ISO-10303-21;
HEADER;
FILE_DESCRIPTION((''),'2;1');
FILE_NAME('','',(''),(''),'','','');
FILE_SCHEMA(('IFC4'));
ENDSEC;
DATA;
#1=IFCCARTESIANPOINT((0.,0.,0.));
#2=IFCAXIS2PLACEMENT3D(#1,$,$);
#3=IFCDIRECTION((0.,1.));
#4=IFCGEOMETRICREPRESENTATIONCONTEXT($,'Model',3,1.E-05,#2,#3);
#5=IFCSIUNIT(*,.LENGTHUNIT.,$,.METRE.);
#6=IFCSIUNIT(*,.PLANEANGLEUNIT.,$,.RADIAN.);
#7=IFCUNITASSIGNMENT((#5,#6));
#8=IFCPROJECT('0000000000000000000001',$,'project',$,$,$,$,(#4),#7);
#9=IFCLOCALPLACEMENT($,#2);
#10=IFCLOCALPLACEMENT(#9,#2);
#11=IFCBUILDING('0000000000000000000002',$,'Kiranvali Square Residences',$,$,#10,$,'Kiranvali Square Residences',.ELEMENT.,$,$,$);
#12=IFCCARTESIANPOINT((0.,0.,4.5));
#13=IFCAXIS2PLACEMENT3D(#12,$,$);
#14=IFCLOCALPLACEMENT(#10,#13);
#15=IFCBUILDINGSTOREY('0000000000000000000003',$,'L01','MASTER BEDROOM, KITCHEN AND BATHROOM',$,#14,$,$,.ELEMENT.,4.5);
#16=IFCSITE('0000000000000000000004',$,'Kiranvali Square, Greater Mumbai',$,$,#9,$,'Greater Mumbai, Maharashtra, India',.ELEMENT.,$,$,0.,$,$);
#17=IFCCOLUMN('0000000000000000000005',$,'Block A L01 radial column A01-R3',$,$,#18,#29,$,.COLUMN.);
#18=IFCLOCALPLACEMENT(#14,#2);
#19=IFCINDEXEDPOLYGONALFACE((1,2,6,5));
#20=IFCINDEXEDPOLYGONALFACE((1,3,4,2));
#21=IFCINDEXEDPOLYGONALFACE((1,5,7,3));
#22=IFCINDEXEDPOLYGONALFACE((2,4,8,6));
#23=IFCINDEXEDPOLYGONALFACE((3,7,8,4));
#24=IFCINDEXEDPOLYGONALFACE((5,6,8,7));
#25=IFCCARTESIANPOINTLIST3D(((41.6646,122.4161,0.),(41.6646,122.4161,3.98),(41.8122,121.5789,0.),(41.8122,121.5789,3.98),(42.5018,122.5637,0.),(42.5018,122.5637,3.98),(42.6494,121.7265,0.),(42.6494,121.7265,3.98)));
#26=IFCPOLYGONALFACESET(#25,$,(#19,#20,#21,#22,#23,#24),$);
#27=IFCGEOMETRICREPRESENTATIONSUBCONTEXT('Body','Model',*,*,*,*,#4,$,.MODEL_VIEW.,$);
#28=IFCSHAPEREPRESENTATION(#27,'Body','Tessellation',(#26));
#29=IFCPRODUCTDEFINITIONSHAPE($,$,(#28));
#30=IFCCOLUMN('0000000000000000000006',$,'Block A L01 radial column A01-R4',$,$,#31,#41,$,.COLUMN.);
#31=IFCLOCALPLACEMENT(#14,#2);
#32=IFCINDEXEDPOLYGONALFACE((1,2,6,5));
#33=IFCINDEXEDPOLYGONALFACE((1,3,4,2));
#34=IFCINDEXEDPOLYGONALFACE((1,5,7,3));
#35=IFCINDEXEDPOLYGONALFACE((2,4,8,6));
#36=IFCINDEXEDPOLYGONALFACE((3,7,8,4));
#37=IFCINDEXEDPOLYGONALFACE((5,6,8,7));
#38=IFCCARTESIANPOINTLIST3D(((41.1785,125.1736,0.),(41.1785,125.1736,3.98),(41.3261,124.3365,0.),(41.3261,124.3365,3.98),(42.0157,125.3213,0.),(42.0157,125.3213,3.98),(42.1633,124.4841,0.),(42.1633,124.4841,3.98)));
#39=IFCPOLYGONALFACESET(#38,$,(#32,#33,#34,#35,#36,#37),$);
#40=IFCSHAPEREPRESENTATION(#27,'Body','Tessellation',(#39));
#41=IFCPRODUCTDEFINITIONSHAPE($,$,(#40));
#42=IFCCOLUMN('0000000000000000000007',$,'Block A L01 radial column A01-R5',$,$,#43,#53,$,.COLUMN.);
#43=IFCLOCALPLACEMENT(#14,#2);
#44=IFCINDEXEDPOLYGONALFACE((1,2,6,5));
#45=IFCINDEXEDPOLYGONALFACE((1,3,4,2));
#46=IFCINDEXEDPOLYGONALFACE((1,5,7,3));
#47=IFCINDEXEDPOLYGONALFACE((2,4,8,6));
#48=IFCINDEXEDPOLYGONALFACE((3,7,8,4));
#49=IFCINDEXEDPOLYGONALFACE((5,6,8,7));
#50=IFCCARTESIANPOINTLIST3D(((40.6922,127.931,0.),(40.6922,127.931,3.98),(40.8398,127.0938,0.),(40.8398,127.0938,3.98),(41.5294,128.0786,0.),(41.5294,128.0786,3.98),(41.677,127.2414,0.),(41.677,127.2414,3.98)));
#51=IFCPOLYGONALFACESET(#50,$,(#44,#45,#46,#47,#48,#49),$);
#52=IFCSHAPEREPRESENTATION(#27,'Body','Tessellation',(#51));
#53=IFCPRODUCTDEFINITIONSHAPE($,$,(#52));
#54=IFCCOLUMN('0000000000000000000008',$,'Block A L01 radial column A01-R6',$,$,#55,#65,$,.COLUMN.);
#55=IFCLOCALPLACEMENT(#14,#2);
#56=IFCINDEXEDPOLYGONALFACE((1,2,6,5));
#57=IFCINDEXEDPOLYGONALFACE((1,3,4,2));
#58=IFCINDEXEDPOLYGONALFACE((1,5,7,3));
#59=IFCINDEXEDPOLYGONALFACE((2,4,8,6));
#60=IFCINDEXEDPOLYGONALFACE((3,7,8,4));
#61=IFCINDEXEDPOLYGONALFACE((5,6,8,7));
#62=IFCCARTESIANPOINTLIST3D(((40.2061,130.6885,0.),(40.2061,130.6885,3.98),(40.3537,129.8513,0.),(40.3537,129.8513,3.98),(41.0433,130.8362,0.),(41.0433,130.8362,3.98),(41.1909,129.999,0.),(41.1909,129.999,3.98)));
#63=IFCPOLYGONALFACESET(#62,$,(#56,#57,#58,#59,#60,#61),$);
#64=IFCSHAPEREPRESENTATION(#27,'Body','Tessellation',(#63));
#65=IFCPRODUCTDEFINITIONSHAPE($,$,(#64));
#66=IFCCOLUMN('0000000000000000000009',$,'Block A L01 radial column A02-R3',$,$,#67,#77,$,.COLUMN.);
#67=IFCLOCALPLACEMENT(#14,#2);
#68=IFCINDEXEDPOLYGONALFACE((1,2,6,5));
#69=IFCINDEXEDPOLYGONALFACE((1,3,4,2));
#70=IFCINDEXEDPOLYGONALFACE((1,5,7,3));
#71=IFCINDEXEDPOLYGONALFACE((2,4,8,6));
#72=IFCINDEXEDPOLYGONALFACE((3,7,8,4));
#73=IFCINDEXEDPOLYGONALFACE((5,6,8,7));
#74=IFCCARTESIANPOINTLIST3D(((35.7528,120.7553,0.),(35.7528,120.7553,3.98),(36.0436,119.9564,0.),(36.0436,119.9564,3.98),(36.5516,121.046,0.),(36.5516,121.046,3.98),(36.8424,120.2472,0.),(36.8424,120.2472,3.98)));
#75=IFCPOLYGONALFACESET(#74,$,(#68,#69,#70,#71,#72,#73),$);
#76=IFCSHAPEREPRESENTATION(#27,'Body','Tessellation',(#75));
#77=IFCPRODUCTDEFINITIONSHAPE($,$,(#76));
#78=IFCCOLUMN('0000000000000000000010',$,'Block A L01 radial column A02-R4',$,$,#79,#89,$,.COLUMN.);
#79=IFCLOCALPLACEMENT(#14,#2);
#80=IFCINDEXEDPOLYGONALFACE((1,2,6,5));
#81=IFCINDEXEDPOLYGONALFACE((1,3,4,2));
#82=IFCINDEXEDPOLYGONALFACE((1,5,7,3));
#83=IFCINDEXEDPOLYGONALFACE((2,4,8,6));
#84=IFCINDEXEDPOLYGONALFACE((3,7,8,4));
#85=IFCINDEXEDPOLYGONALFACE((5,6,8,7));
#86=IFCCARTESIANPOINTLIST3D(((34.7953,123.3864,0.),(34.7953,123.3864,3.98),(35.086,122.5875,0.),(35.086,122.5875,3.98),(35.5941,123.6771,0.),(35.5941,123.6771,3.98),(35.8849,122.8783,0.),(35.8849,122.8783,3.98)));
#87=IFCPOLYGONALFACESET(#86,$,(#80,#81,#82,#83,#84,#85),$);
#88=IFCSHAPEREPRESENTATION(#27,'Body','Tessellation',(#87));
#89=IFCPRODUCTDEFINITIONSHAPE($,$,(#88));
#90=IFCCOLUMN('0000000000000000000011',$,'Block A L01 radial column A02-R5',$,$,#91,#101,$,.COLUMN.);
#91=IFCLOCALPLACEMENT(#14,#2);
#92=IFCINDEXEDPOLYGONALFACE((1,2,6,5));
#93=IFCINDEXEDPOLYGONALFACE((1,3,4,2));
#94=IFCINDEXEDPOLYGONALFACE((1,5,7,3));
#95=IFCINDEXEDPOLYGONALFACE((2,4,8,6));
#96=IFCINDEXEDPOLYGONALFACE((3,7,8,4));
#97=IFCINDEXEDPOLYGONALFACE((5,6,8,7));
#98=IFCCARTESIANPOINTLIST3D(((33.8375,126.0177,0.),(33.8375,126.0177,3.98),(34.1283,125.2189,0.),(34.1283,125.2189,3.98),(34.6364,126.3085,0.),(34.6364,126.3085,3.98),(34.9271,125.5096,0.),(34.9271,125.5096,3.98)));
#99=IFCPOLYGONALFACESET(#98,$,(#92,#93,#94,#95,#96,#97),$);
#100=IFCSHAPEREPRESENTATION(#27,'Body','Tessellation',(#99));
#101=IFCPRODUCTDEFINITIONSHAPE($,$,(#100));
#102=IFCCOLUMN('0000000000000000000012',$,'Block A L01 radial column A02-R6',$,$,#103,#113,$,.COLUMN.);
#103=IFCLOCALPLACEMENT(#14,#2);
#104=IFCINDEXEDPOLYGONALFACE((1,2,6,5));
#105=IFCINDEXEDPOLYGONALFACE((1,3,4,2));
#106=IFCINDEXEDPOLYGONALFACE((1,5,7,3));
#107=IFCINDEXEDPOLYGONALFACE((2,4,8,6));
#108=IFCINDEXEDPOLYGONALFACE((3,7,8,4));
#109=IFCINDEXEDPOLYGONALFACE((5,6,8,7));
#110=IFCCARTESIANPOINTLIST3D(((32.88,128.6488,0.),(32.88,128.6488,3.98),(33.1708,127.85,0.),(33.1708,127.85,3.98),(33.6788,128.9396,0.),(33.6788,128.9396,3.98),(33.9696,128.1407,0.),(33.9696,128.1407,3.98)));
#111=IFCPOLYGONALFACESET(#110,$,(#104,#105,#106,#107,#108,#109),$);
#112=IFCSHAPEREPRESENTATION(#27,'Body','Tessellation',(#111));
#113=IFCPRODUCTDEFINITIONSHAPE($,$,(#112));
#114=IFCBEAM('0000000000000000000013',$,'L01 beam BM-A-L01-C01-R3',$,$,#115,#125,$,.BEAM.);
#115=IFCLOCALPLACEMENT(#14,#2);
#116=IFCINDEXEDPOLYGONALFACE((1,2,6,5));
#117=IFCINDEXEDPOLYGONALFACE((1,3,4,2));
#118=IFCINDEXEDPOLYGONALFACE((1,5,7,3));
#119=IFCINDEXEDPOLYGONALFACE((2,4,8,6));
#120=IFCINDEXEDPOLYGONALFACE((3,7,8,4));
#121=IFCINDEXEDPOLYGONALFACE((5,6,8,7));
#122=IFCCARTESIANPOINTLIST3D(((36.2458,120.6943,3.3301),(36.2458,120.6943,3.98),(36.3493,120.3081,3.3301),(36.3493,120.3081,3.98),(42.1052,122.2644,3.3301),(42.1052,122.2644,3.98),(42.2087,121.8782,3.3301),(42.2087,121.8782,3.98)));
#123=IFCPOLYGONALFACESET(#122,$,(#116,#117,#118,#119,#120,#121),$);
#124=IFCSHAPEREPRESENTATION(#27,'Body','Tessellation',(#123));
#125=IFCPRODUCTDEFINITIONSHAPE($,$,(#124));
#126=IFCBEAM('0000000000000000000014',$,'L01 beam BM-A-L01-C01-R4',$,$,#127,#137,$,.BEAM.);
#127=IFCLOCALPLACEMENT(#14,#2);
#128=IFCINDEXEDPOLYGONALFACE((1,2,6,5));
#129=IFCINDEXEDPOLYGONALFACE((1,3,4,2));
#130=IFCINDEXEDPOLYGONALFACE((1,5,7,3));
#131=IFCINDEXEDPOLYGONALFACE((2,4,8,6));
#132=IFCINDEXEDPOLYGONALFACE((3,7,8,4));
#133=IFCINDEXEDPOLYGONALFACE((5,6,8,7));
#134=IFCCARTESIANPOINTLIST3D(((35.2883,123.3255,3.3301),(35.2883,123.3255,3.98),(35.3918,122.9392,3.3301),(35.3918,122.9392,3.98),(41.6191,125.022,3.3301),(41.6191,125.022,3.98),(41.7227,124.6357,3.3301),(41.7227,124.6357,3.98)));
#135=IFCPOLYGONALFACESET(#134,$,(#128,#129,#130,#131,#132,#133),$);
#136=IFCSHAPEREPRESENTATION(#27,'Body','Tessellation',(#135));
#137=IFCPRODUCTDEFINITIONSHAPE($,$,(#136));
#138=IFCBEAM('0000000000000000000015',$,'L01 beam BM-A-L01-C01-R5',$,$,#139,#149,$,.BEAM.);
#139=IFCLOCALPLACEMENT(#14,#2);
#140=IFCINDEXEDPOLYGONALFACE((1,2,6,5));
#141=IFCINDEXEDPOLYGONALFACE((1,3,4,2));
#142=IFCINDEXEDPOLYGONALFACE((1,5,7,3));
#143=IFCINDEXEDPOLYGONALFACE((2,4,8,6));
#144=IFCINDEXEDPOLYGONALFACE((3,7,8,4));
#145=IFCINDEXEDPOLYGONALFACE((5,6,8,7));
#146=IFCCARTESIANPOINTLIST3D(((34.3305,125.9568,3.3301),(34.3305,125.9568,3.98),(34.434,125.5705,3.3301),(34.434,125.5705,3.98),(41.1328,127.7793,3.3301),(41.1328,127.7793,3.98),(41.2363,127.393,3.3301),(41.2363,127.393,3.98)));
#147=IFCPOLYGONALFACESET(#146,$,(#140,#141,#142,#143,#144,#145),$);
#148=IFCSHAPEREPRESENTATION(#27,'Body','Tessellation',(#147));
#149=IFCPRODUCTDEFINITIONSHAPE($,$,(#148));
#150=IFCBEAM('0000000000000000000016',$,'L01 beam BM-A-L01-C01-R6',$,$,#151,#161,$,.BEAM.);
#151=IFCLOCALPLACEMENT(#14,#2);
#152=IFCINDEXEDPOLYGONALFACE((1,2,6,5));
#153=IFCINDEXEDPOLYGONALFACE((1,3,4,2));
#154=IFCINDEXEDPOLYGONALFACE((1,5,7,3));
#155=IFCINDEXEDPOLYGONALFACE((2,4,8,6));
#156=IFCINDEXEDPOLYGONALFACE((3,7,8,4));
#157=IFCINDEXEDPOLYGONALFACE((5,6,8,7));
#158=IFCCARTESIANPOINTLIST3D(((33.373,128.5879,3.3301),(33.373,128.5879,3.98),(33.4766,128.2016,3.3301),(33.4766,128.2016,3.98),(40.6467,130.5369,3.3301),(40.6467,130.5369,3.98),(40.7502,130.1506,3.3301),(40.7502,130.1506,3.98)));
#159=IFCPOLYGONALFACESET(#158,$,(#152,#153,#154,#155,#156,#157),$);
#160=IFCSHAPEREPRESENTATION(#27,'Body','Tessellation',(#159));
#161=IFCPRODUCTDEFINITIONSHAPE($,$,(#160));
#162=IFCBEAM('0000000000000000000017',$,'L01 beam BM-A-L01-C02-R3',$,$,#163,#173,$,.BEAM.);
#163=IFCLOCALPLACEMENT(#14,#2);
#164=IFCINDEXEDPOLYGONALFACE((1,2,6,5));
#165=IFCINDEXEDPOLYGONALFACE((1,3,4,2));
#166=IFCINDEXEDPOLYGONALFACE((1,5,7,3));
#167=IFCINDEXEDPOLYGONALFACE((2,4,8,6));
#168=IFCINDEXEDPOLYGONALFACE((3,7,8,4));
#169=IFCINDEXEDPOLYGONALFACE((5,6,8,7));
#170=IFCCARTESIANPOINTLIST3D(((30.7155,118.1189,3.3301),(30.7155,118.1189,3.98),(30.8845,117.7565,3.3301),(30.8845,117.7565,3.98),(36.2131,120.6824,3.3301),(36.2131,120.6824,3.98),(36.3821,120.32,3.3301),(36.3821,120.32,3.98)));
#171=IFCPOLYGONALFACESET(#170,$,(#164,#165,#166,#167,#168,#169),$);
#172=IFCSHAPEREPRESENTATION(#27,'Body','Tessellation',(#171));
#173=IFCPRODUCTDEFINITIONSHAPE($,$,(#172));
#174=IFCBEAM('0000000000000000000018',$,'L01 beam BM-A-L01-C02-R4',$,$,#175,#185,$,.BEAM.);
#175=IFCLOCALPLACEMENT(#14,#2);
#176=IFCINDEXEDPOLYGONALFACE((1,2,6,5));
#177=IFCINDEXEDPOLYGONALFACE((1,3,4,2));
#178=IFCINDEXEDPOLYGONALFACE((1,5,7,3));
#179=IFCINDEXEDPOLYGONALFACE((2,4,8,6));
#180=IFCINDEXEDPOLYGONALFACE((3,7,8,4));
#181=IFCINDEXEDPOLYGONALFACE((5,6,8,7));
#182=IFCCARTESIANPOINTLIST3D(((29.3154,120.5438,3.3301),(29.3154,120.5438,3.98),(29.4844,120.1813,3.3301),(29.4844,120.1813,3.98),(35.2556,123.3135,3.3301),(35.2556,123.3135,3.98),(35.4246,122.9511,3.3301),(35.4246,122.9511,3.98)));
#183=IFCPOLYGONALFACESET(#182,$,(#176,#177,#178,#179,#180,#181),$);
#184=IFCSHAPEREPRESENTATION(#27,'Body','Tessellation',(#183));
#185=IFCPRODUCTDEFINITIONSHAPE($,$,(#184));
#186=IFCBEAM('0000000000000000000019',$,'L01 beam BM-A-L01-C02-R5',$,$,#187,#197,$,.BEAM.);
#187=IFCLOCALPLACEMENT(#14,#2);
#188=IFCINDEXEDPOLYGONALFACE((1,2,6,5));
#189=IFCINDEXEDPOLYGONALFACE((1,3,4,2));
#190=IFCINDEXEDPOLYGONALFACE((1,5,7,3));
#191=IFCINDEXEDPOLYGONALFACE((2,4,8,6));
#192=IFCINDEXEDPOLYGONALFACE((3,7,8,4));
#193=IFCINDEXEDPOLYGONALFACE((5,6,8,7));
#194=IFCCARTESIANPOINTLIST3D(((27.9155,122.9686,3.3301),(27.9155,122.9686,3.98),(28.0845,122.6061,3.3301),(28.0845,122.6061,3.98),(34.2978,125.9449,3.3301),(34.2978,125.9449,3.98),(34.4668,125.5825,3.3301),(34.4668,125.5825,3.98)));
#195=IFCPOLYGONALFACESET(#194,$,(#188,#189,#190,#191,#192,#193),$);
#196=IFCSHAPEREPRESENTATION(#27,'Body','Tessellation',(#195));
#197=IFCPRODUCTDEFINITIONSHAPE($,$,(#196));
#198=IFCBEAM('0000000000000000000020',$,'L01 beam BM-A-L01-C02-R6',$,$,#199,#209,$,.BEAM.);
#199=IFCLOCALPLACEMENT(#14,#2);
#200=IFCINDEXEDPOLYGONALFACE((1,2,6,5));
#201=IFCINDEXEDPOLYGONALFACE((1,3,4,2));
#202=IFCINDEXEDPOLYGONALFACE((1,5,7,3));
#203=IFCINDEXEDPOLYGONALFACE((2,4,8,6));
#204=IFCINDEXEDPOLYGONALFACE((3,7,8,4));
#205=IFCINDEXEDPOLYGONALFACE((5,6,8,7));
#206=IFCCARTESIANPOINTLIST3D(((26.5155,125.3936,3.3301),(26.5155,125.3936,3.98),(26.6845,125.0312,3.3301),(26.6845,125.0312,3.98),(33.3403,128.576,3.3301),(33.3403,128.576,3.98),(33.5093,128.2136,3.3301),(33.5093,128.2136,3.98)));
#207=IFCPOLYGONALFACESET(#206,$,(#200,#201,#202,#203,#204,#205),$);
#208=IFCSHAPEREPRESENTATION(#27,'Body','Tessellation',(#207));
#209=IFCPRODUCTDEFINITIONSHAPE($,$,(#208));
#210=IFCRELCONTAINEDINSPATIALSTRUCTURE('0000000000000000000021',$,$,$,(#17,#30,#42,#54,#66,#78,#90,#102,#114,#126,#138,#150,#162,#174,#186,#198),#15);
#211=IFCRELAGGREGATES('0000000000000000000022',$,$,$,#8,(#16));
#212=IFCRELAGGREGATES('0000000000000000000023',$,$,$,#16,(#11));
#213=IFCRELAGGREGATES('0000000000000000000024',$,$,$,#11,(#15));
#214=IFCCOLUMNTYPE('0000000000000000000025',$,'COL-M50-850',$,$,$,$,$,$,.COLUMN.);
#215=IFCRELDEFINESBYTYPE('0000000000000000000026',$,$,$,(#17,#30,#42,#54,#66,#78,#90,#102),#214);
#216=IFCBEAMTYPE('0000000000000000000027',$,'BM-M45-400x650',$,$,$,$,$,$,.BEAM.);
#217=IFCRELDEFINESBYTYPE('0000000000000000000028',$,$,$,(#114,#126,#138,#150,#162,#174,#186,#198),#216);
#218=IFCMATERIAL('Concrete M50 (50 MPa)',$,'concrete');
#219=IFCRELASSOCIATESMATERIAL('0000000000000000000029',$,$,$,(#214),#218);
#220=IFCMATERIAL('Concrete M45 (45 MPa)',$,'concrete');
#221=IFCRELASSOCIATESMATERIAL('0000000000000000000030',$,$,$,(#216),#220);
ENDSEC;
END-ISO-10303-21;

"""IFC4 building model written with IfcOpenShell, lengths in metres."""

from ifc_helpers import new_model, si_unit, direction, frame, origin, origin_2d, place, context, subcontext, project, spatial, rectangle, extrude, material, material_profile, profile_set, type_object, element, save


model = new_model("IFC4")

# Units and contexts
model_context = context("Model", 3, precision=1e-05, world=origin(), true_north=direction((0.0, 1.0)))
body_context = subcontext(model_context, "Body", "Model", "MODEL_VIEW")
ifc_project = project(units=[si_unit("LENGTHUNIT", "METRE"), si_unit("PLANEANGLEUNIT", "RADIAN")], contexts=[model_context])

# Site, building, storey
site_placement = place(None, origin())
site = spatial("IfcSite", under=ifc_project, at=site_placement, Name="Kiranvali Square, Greater Mumbai", LongName="Greater Mumbai, Maharashtra, India", CompositionType="ELEMENT", RefElevation=0.0)
building_placement = place(site_placement, origin())
building = spatial("IfcBuilding", under=site, at=building_placement, Name="Kiranvali Square Residences", LongName="Kiranvali Square Residences", CompositionType="ELEMENT")
storey_placement = place(building_placement, frame((0.0, 0.0, 4.5)))
storey = spatial("IfcBuildingStorey", under=building, at=storey_placement, Name="L01", Description="MASTER BEDROOM, KITCHEN AND BATHROOM", CompositionType="ELEMENT", Elevation=4.5)

# Columns
ifc_material_1 = material(Name="Concrete M50 (50 MPa)", Category="concrete")
ifc_material_profile_1 = material_profile(ifc_material_1, rectangle(XDim=0.8501, YDim=0.8501, at=origin_2d()), Name="RC 850x850")
ifc_profile_set_1 = profile_set([ifc_material_profile_1], Name="Concrete M50 (50 MPa)")
column_type = type_object("IfcColumnType", Name="COL-M50-850", PredefinedType="COLUMN", material=ifc_profile_set_1)
for number, where, z_axis, x_axis, name in (
    (1, (42.157, 122.0713, 0.0), (0.0, 0.0, 1.0), (0.984808, 0.173648, 0.0), "Block A L01 radial column A01-R3"),
    (2, (41.6709, 124.8289, 0.0), (0.0, 0.0, 1.0), (0.984808, 0.173648, 0.0), "Block A L01 radial column A01-R4"),
    (3, (41.1846, 127.5862, 0.0), (0.0, 0.0, 1.0), (0.984808, 0.173648, 0.0), "Block A L01 radial column A01-R5"),
    (4, (40.6985, 130.3438, 0.0), (0.0, 0.0, 1.0), (0.984808, 0.173648, 0.0), "Block A L01 radial column A01-R6"),
    (5, (36.2976, 120.5012, 0.0), (0.0, 0.0, 1.0), (0.939693, 0.34202, 0.0), "Block A L01 radial column A02-R3"),
    (6, (35.3401, 123.1323, 0.0), (0.0, 0.0, 1.0), (0.939693, 0.34202, 0.0), "Block A L01 radial column A02-R4"),
    (7, (34.3823, 125.7637, 0.0), (0.0, 0.0, 1.0), (0.939693, 0.34202, 0.0), "Block A L01 radial column A02-R5"),
    (8, (33.4248, 128.3948, 0.0), (0.0, 0.0, 1.0), (0.939693, 0.34202, 0.0), "Block A L01 radial column A02-R6"),
):
    element("IfcColumn", number, at=place(storey_placement, frame(where, z_axis=z_axis, x_axis=x_axis)), inside=storey, type_object=column_type, Name=name, PredefinedType="COLUMN", context=body_context, shape_type="SweptSolid", body=[
        extrude(rectangle(XDim=0.8501, YDim=0.8501, at=origin_2d()), origin(), (0.0, 0.0, 1.0), 3.98),
    ])

# Beams
ifc_material_2 = material(Name="Concrete M45 (45 MPa)", Category="concrete")
ifc_material_profile_2 = material_profile(ifc_material_2, rectangle(XDim=0.3999, YDim=0.6499, at=origin_2d()), Name="RC 400x650")
ifc_profile_set_2 = profile_set([ifc_material_profile_2], Name="Concrete M45 (45 MPa)")
beam_type = type_object("IfcBeamType", Name="BM-M45-400x650", PredefinedType="BEAM", material=ifc_profile_set_2)
beam_1_placement = place(storey_placement, frame((42.157, 122.0713, 3.655), z_axis=(-0.965924, -0.258827, 0.0), x_axis=(0.258827, -0.965924, 0.0)))
element("IfcBeam", 9, at=beam_1_placement, inside=storey, type_object=beam_type, Name="L01 beam BM-A-L01-C01-R3", PredefinedType="BEAM", context=body_context, shape_type="SweptSolid", body=[
    extrude(rectangle(XDim=0.3999, YDim=0.6499, at=origin_2d()), origin(), (0.0, 0.0, 1.0), 6.0662),
])
beam_2_placement = place(storey_placement, frame((41.6709, 124.8289, 3.655), z_axis=(-0.965918, -0.258847, 0.0), x_axis=(0.258847, -0.965918, 0.0)))
element("IfcBeam", 10, at=beam_2_placement, inside=storey, type_object=beam_type, Name="L01 beam BM-A-L01-C01-R4", PredefinedType="BEAM", context=body_context, shape_type="SweptSolid", body=[
    extrude(rectangle(XDim=0.3999, YDim=0.6499, at=origin_2d()), origin(), (0.0, 0.0, 1.0), 6.5542),
])
beam_3_placement = place(storey_placement, frame((41.1846, 127.5862, 3.655), z_axis=(-0.965931, -0.2588, 0.0), x_axis=(0.2588, -0.965931, 0.0)))
element("IfcBeam", 11, at=beam_3_placement, inside=storey, type_object=beam_type, Name="L01 beam BM-A-L01-C01-R5", PredefinedType="BEAM", context=body_context, shape_type="SweptSolid", body=[
    extrude(rectangle(XDim=0.3999, YDim=0.6499, at=origin_2d()), origin(), (0.0, 0.0, 1.0), 7.0422),
])
beam_4_placement = place(storey_placement, frame((40.6985, 130.3438, 3.655), z_axis=(-0.965926, -0.258819, 0.0), x_axis=(0.258819, -0.965926, 0.0)))
element("IfcBeam", 12, at=beam_4_placement, inside=storey, type_object=beam_type, Name="L01 beam BM-A-L01-C01-R6", PredefinedType="BEAM", context=body_context, shape_type="SweptSolid", body=[
    extrude(rectangle(XDim=0.3999, YDim=0.6499, at=origin_2d()), origin(), (0.0, 0.0, 1.0), 7.5303),
])
beam_5_placement = place(storey_placement, frame((36.2976, 120.5012, 3.655), z_axis=(-0.906313, -0.422608, 0.0), x_axis=(0.422608, -0.906313, 0.0)))
element("IfcBeam", 13, at=beam_5_placement, inside=storey, type_object=beam_type, Name="L01 beam BM-A-L01-C02-R3", PredefinedType="BEAM", context=body_context, shape_type="SweptSolid", body=[
    extrude(rectangle(XDim=0.3999, YDim=0.6499, at=origin_2d()), origin(), (0.0, 0.0, 1.0), 6.0659),
])
beam_6_placement = place(storey_placement, frame((35.3401, 123.1323, 3.655), z_axis=(-0.906318, -0.422596, 0.0), x_axis=(0.422596, -0.906318, 0.0)))
element("IfcBeam", 14, at=beam_6_placement, inside=storey, type_object=beam_type, Name="L01 beam BM-A-L01-C02-R4", PredefinedType="BEAM", context=body_context, shape_type="SweptSolid", body=[
    extrude(rectangle(XDim=0.3999, YDim=0.6499, at=origin_2d()), origin(), (0.0, 0.0, 1.0), 6.5542),
])
beam_7_placement = place(storey_placement, frame((34.3823, 125.7637, 3.655), z_axis=(-0.906297, -0.422641, 0.0), x_axis=(0.422641, -0.906297, 0.0)))
element("IfcBeam", 15, at=beam_7_placement, inside=storey, type_object=beam_type, Name="L01 beam BM-A-L01-C02-R5", PredefinedType="BEAM", context=body_context, shape_type="SweptSolid", body=[
    extrude(rectangle(XDim=0.3999, YDim=0.6499, at=origin_2d()), origin(), (0.0, 0.0, 1.0), 7.0422),
])
beam_8_placement = place(storey_placement, frame((33.4248, 128.3948, 3.655), z_axis=(-0.90631, -0.422614, 0.0), x_axis=(0.422614, -0.90631, 0.0)))
element("IfcBeam", 16, at=beam_8_placement, inside=storey, type_object=beam_type, Name="L01 beam BM-A-L01-C02-R6", PredefinedType="BEAM", context=body_context, shape_type="SweptSolid", body=[
    extrude(rectangle(XDim=0.3999, YDim=0.6499, at=origin_2d()), origin(), (0.0, 0.0, 1.0), 7.5303),
])

save(model, "model.ifc")
